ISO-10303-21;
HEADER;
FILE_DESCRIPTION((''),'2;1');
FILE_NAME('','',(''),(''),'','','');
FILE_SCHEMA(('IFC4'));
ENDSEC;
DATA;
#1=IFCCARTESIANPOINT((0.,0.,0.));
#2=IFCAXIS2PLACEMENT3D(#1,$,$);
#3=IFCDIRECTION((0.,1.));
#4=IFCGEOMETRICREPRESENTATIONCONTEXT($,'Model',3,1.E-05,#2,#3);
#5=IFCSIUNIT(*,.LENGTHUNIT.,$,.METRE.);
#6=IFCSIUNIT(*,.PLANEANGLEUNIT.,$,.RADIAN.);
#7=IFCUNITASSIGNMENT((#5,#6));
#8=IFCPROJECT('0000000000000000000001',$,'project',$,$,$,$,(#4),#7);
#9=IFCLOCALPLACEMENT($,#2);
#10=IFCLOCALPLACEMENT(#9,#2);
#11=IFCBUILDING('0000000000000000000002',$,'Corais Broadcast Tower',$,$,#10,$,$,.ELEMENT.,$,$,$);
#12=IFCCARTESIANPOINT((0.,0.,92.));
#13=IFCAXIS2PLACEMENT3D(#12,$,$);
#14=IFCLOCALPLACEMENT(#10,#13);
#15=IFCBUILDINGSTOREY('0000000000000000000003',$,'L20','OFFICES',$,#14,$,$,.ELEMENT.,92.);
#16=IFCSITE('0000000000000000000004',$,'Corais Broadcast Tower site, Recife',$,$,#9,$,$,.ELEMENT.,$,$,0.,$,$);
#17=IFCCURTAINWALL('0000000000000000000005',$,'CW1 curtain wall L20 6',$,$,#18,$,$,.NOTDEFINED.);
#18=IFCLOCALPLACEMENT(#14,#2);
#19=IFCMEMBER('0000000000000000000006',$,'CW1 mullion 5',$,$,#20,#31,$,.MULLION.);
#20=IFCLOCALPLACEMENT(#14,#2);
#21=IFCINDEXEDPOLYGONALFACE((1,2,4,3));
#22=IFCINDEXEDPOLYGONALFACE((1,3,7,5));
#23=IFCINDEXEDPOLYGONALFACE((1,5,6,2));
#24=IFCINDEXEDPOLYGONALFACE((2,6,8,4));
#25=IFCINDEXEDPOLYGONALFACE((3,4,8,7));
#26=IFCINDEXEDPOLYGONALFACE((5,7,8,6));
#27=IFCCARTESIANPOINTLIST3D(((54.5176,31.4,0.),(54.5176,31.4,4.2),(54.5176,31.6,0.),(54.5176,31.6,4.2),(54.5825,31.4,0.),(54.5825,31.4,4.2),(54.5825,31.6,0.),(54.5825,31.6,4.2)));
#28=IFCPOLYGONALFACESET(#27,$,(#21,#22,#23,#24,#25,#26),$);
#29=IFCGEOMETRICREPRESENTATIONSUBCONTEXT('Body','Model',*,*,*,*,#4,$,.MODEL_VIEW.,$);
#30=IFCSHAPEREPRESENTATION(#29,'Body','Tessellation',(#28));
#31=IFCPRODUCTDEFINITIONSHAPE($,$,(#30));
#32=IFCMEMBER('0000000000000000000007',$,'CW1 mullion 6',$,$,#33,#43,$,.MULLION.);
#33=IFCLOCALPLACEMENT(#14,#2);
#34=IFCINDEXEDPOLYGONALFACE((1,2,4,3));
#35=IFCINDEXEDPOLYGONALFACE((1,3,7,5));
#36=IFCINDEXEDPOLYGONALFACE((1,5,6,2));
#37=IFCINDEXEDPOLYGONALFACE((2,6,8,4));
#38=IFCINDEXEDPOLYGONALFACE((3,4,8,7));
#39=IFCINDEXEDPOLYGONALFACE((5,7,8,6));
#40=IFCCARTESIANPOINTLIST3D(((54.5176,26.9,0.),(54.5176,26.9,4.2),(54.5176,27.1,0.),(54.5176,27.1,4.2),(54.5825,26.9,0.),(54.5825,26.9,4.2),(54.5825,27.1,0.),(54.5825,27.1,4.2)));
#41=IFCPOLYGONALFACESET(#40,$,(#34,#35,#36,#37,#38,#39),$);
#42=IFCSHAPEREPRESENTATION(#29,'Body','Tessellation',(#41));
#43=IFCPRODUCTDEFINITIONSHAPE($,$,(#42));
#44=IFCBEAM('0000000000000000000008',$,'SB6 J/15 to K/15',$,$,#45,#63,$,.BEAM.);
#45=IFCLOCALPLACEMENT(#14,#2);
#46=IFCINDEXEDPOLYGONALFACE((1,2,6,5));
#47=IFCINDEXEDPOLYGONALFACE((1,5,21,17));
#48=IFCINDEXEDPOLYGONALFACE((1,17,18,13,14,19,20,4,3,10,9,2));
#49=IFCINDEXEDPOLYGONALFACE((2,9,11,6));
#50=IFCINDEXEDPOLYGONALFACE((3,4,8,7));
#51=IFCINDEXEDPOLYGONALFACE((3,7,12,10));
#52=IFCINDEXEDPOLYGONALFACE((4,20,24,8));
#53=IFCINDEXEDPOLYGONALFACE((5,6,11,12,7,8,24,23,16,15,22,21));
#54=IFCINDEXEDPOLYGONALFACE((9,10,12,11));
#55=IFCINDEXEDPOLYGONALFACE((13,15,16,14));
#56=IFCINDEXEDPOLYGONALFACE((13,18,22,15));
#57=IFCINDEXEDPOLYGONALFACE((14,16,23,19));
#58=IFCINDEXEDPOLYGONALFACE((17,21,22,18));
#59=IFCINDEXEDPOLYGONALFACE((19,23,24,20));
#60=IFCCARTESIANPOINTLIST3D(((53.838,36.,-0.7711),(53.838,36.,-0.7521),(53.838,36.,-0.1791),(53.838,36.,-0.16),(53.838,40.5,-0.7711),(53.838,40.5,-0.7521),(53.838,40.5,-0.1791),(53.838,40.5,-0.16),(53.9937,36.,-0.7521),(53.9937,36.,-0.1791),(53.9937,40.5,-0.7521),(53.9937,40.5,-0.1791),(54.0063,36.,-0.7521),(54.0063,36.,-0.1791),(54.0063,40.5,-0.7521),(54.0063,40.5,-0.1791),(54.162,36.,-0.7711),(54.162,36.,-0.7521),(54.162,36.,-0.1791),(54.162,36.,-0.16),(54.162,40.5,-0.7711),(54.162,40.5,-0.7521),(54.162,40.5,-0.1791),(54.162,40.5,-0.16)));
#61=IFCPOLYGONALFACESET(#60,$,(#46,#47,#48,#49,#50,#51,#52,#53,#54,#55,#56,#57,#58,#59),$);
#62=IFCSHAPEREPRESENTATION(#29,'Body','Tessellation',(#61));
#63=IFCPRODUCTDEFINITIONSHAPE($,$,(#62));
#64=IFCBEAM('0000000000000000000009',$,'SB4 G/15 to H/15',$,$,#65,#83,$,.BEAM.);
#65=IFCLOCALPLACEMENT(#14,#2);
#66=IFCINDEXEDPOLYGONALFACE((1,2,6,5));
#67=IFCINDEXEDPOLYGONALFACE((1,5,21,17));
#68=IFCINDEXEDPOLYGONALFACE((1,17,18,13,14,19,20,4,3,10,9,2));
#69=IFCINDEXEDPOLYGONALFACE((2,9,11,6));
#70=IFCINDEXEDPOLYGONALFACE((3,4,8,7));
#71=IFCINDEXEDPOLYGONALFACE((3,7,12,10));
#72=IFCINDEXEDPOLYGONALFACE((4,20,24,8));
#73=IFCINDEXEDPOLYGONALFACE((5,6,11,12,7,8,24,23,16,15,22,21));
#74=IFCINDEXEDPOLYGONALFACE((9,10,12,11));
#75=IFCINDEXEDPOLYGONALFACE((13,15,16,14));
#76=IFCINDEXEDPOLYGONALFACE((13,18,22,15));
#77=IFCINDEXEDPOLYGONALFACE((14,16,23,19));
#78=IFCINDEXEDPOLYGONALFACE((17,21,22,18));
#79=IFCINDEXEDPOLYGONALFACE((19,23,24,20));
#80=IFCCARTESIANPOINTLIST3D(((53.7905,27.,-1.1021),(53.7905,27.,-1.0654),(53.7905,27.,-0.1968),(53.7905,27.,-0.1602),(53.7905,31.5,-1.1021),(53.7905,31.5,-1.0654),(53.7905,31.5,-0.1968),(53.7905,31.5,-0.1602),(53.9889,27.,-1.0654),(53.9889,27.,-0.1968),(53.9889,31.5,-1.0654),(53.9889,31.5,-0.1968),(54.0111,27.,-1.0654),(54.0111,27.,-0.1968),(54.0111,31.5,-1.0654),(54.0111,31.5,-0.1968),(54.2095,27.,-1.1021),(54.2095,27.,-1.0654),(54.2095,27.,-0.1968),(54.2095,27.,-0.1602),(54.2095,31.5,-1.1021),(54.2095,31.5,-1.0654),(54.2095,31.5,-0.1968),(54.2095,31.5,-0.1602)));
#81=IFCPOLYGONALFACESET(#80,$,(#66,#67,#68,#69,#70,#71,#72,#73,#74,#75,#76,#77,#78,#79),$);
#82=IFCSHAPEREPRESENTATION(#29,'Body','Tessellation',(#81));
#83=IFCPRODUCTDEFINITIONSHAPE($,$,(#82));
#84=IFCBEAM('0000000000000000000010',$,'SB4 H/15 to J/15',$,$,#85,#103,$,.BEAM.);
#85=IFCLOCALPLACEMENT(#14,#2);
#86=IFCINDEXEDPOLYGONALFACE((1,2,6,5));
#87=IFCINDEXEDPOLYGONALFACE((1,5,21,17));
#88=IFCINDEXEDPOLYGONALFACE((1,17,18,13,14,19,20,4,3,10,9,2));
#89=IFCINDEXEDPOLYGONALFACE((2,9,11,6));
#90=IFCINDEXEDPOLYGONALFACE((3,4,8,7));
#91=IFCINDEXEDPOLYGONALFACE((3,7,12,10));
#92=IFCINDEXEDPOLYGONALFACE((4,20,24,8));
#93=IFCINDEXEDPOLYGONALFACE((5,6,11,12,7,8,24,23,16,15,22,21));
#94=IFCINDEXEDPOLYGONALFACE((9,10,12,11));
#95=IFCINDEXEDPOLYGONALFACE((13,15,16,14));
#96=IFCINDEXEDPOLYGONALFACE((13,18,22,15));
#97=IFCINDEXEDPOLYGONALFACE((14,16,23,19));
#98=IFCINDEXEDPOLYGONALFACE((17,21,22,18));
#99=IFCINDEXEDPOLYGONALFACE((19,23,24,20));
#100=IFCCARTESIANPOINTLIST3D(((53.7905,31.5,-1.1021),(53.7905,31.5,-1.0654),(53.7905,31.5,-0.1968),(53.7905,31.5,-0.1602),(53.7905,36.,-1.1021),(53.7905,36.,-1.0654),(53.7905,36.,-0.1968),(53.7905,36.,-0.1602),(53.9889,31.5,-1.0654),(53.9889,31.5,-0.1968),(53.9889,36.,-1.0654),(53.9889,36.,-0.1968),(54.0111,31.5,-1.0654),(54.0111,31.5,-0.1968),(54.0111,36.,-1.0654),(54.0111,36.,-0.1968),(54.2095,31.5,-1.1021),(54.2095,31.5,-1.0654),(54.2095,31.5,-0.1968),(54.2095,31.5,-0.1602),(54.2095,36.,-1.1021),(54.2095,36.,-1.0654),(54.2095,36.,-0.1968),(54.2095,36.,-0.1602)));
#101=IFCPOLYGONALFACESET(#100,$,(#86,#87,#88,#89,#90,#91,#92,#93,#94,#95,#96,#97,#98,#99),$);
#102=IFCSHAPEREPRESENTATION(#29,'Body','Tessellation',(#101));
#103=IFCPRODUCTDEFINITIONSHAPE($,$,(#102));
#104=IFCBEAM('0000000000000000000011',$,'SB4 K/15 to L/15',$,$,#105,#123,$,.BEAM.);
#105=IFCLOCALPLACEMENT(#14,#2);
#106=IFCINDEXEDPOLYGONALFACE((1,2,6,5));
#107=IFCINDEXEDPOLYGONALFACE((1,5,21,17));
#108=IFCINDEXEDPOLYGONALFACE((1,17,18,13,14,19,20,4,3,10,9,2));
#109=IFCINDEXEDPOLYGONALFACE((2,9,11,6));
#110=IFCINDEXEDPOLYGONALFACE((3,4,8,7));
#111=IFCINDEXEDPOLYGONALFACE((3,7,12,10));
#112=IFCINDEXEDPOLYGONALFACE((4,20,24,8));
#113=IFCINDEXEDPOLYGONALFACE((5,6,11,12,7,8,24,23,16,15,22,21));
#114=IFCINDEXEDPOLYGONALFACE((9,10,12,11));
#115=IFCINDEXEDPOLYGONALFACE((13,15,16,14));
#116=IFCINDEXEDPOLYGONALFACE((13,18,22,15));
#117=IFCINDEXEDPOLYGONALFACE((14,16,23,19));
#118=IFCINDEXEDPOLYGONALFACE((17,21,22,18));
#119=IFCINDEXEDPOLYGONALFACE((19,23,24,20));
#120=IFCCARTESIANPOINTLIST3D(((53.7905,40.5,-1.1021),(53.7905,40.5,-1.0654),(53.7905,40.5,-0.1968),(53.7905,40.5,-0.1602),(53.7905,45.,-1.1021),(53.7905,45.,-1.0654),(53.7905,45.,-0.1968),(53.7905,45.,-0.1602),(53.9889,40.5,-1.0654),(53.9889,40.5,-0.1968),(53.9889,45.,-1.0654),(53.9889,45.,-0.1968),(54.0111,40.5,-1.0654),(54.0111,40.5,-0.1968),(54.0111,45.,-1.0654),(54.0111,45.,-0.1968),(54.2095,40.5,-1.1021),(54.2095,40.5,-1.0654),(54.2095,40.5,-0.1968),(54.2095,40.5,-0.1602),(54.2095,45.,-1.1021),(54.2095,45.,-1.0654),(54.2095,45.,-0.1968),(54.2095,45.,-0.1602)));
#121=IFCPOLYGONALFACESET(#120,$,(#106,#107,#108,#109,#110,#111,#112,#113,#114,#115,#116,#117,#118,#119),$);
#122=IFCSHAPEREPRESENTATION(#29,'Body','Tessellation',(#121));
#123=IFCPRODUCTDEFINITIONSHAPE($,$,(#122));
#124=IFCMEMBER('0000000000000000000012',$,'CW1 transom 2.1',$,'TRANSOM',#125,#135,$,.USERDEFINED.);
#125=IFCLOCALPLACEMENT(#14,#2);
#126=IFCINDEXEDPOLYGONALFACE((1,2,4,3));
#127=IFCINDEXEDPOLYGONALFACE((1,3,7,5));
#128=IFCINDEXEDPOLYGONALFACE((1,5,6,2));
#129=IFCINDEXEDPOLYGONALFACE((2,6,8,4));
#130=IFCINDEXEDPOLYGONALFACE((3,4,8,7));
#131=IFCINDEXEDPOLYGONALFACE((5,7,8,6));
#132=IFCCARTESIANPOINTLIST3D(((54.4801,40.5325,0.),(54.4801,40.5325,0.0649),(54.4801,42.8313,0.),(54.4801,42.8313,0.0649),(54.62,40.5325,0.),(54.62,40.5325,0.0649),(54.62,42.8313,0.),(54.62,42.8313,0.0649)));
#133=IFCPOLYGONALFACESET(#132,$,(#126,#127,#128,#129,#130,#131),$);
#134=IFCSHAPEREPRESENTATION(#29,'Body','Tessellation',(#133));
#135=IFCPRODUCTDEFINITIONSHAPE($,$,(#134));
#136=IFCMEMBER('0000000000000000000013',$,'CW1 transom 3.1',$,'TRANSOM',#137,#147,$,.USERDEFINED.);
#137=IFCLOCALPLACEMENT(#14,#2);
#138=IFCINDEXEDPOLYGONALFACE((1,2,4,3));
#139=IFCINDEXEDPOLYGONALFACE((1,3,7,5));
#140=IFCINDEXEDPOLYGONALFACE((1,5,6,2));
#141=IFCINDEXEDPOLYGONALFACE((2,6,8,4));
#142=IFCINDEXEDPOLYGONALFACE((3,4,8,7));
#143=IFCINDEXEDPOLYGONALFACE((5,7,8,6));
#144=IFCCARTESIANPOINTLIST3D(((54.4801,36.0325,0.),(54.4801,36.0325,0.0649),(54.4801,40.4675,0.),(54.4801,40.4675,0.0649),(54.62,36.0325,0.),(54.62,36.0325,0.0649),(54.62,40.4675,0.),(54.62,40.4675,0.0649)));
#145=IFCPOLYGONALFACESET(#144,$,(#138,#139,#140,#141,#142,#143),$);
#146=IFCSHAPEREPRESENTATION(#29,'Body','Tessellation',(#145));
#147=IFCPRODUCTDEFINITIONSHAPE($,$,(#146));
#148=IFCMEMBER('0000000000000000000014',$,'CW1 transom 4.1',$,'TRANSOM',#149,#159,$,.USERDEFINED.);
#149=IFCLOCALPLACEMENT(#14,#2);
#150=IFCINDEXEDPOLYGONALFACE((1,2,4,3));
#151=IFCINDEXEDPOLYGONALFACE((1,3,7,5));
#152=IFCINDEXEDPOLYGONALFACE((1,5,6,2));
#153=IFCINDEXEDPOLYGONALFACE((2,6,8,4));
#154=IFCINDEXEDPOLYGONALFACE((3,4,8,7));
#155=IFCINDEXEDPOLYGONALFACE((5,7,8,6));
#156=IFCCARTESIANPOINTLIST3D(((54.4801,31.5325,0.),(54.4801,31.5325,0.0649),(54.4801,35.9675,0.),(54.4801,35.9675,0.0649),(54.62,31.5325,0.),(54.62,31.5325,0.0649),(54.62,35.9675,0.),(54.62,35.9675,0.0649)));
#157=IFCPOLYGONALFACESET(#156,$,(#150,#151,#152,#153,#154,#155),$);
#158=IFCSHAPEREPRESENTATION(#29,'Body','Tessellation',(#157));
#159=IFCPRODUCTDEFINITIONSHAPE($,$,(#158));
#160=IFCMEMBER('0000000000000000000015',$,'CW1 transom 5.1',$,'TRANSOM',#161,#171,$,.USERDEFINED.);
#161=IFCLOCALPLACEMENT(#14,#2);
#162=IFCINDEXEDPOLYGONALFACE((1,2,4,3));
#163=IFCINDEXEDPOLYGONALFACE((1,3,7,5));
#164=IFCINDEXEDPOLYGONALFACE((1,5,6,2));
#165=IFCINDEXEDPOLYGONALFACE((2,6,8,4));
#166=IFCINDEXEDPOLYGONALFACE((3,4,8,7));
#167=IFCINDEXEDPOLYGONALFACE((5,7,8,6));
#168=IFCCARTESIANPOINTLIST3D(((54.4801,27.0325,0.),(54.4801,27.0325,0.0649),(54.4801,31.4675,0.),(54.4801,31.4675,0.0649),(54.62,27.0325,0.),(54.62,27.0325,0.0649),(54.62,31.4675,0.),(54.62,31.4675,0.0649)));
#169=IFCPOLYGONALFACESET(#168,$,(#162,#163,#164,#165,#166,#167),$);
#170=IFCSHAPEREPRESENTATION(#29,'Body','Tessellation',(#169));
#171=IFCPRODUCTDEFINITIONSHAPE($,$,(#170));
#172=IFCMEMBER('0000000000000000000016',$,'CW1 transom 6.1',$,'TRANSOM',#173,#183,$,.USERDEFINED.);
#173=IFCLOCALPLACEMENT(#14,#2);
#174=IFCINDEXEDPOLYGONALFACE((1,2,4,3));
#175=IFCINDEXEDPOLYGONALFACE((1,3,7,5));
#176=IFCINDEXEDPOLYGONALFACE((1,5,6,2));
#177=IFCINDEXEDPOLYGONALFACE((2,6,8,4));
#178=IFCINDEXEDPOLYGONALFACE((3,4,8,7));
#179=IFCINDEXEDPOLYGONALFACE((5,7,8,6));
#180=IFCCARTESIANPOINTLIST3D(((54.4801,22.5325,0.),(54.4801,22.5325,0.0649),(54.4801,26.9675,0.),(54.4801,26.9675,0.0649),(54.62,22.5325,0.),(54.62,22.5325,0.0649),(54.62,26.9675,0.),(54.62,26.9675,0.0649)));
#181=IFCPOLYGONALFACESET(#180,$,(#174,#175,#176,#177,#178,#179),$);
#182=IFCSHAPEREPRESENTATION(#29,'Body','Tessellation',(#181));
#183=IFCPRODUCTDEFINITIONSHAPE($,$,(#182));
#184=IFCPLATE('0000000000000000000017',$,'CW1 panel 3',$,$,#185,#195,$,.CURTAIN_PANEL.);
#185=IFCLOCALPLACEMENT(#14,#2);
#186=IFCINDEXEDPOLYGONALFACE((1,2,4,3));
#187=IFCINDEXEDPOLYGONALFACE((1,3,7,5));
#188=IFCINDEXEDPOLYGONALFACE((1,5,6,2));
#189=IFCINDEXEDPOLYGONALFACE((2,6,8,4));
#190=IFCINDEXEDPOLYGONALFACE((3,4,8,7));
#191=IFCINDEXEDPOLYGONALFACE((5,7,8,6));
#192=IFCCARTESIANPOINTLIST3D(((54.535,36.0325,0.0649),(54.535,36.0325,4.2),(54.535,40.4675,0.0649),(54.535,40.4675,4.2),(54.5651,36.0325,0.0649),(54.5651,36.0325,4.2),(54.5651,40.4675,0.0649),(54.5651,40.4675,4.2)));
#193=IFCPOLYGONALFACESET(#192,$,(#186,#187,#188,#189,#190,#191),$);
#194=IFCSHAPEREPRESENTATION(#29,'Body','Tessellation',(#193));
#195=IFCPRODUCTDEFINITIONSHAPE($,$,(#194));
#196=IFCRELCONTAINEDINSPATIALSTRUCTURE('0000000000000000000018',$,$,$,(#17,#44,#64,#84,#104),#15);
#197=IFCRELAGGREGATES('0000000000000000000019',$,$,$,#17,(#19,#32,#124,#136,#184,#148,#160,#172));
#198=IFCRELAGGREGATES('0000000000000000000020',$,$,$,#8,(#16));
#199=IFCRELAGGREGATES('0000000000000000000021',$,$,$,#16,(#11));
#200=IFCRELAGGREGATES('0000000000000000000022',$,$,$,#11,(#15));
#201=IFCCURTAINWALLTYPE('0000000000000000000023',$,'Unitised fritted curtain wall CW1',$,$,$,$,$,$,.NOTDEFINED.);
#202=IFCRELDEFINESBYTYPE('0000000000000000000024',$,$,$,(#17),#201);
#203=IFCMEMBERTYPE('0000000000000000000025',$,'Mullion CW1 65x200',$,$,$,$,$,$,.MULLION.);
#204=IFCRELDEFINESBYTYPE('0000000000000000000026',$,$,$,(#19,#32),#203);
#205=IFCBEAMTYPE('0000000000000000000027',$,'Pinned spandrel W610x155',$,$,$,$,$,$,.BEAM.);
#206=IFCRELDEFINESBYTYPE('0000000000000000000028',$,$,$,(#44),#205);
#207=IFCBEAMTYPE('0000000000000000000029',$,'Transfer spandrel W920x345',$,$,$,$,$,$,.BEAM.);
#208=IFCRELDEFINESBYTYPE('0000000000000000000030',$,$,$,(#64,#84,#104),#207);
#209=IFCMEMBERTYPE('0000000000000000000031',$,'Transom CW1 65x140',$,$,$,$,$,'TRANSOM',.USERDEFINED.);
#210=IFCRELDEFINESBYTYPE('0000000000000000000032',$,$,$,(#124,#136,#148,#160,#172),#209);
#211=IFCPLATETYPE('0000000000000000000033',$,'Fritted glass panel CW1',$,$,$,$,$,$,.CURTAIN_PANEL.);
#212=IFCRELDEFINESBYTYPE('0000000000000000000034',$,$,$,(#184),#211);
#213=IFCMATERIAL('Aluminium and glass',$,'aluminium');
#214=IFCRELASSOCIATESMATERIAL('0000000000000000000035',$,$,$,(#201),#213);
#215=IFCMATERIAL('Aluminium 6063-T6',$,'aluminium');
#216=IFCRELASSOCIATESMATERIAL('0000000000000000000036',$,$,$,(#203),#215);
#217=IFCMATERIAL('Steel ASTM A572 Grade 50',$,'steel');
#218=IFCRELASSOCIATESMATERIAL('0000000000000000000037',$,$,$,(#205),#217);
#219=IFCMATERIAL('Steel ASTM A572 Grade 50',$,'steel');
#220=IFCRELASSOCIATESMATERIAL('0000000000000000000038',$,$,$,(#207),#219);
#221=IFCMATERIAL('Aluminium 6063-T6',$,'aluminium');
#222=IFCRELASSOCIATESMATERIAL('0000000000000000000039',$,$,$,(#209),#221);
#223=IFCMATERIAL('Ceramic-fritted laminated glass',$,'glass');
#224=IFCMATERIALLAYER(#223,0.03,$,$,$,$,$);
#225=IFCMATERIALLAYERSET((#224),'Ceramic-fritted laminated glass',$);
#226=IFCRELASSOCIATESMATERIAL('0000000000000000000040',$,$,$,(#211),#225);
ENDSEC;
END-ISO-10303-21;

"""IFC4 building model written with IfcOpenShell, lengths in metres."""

from ifc_helpers import new_model, si_unit, direction, frame, origin, origin_2d, place, context, subcontext, project, spatial, rectangle, i_section, extrude, material, layer, layer_set, material_profile, profile_set, type_object, element, aggregate, save


model = new_model("IFC4")

# Units and contexts
model_context = context("Model", 3, precision=1e-05, world=origin(), true_north=direction((0.0, 1.0)))
body_context = subcontext(model_context, "Body", "Model", "MODEL_VIEW")
ifc_project = project(units=[si_unit("LENGTHUNIT", "METRE"), si_unit("PLANEANGLEUNIT", "RADIAN")], contexts=[model_context])

# Site, building, storey
site_placement = place(None, origin())
site = spatial("IfcSite", under=ifc_project, at=site_placement, Name="Corais Broadcast Tower site, Recife", CompositionType="ELEMENT", RefElevation=0.0)
building_placement = place(site_placement, origin())
building = spatial("IfcBuilding", under=site, at=building_placement, Name="Corais Broadcast Tower", CompositionType="ELEMENT")
storey_placement = place(building_placement, frame((0.0, 0.0, 92.0)))
storey = spatial("IfcBuildingStorey", under=building, at=storey_placement, Name="L20", Description="OFFICES", CompositionType="ELEMENT", Elevation=92.0)

# Curtain wall, members
ifc_material_1 = material(Name="Aluminium and glass", Category="aluminium")
curtain_wall_type = type_object("IfcCurtainWallType", Name="Unitised fritted curtain wall CW1", PredefinedType="NOTDEFINED", material=ifc_material_1)
curtain_wall_placement = place(storey_placement, origin())
curtain_wall = element("IfcCurtainWall", 1, at=curtain_wall_placement, inside=storey, type_object=curtain_wall_type, Name="CW1 curtain wall L20 6", PredefinedType="NOTDEFINED")
ifc_material_2 = material(Name="Aluminium 6063-T6", Category="aluminium")
ifc_material_profile_1 = material_profile(ifc_material_2, rectangle(XDim=0.0649, YDim=0.2, at=origin_2d()), Name="Mullion CW1 65x200")
ifc_profile_set_1 = profile_set([ifc_material_profile_1], Name="Aluminium 6063-T6")
member_type_1 = type_object("IfcMemberType", Name="Mullion CW1 65x200", PredefinedType="MULLION", material=ifc_profile_set_1)
member_1_placement = place(storey_placement, frame((54.55, 31.5, 0.0), z_axis=(0.0, 0.0, 1.0), x_axis=(1.0, 0.0, 0.0)))
member_1 = element("IfcMember", 2, at=member_1_placement, type_object=member_type_1, Name="CW1 mullion 5", PredefinedType="MULLION", context=body_context, shape_type="SweptSolid", body=[
    extrude(rectangle(XDim=0.0649, YDim=0.2, at=origin_2d()), origin(), (0.0, 0.0, 1.0), 4.2),
])
member_2_placement = place(storey_placement, frame((54.55, 27.0, 0.0), z_axis=(0.0, 0.0, 1.0), x_axis=(1.0, 0.0, 0.0)))
member_2 = element("IfcMember", 3, at=member_2_placement, type_object=member_type_1, Name="CW1 mullion 6", PredefinedType="MULLION", context=body_context, shape_type="SweptSolid", body=[
    extrude(rectangle(XDim=0.0649, YDim=0.2, at=origin_2d()), origin(), (0.0, 0.0, 1.0), 4.2),
])

# Beams
ifc_material_3 = material(Name="Steel ASTM A572 Grade 50", Category="steel")
ifc_material_profile_2 = material_profile(ifc_material_3, i_section(OverallWidth=0.324, OverallDepth=0.6111, WebThickness=0.0127, FlangeThickness=0.019, at=origin_2d()), Name="W610x155")
ifc_profile_set_2 = profile_set([ifc_material_profile_2], Name="Steel ASTM A572 Grade 50")
beam_type_1 = type_object("IfcBeamType", Name="Pinned spandrel W610x155", PredefinedType="BEAM", material=ifc_profile_set_2)
beam_placement = place(storey_placement, frame((54.0, 36.0, -0.4656), z_axis=(0.0, 1.0, 0.0), x_axis=(-1.0, 0.0, 0.0)))
element("IfcBeam", 4, at=beam_placement, inside=storey, type_object=beam_type_1, Name="SB6 J/15 to K/15", PredefinedType="BEAM", context=body_context, shape_type="SweptSolid", body=[
    extrude(i_section(OverallWidth=0.324, OverallDepth=0.6111, WebThickness=0.0127, FlangeThickness=0.019, at=origin_2d()), origin(), (0.0, 0.0, 1.0), 4.5),
])
ifc_material_4 = material(Name="Steel ASTM A572 Grade 50", Category="steel")
ifc_material_profile_3 = material_profile(ifc_material_4, i_section(OverallWidth=0.4189, OverallDepth=0.9419, WebThickness=0.0222, FlangeThickness=0.0366, at=origin_2d()), Name="W920x345")
ifc_profile_set_3 = profile_set([ifc_material_profile_3], Name="Steel ASTM A572 Grade 50")
beam_type_2 = type_object("IfcBeamType", Name="Transfer spandrel W920x345", PredefinedType="BEAM", material=ifc_profile_set_3)
for number, where, z_axis, x_axis, name in (
    (5, (54.0, 27.0, -0.6311), (0.0, 1.0, 0.0), (-1.0, 0.0, 0.0), "SB4 G/15 to H/15"),
    (6, (54.0, 31.5, -0.6311), (0.0, 1.0, 0.0), (-1.0, 0.0, 0.0), "SB4 H/15 to J/15"),
    (7, (54.0, 40.5, -0.6311), (0.0, 1.0, 0.0), (-1.0, 0.0, 0.0), "SB4 K/15 to L/15"),
):
    element("IfcBeam", number, at=place(storey_placement, frame(where, z_axis=z_axis, x_axis=x_axis)), inside=storey, type_object=beam_type_2, Name=name, PredefinedType="BEAM", context=body_context, shape_type="SweptSolid", body=[
        extrude(i_section(OverallWidth=0.4189, OverallDepth=0.9419, WebThickness=0.0222, FlangeThickness=0.0366, at=origin_2d()), origin(), (0.0, 0.0, 1.0), 4.5),
    ])

# Members
ifc_material_5 = material(Name="Aluminium 6063-T6", Category="aluminium")
ifc_material_profile_4 = material_profile(ifc_material_5, rectangle(XDim=0.1399, YDim=0.0649, at=origin_2d()), Name="Transom CW1 65x140")
ifc_profile_set_4 = profile_set([ifc_material_profile_4], Name="Aluminium 6063-T6")
member_type_2 = type_object("IfcMemberType", Name="Transom CW1 65x140", ElementType="TRANSOM", PredefinedType="USERDEFINED", material=ifc_profile_set_4)
member_3_placement = place(storey_placement, frame((54.55, 42.8313, 0.0325), z_axis=(0.0, -1.0, 0.0), x_axis=(1.0, 0.0, 0.0)))
member_3 = element("IfcMember", 8, at=member_3_placement, type_object=member_type_2, Name="CW1 transom 2.1", ObjectType="TRANSOM", PredefinedType="USERDEFINED", context=body_context, shape_type="SweptSolid", body=[
    extrude(rectangle(XDim=0.1399, YDim=0.0649, at=origin_2d()), origin(), (0.0, 0.0, 1.0), 2.2988),
])
member_4_placement = place(storey_placement, frame((54.55, 40.4675, 0.0325), z_axis=(0.0, -1.0, 0.0), x_axis=(1.0, 0.0, 0.0)))
member_4 = element("IfcMember", 9, at=member_4_placement, type_object=member_type_2, Name="CW1 transom 3.1", ObjectType="TRANSOM", PredefinedType="USERDEFINED", context=body_context, shape_type="SweptSolid", body=[
    extrude(rectangle(XDim=0.1399, YDim=0.0649, at=origin_2d()), origin(), (0.0, 0.0, 1.0), 4.4351),
])
member_5_placement = place(storey_placement, frame((54.55, 35.9675, 0.0325), z_axis=(0.0, -1.0, 0.0), x_axis=(1.0, 0.0, 0.0)))
member_5 = element("IfcMember", 10, at=member_5_placement, type_object=member_type_2, Name="CW1 transom 4.1", ObjectType="TRANSOM", PredefinedType="USERDEFINED", context=body_context, shape_type="SweptSolid", body=[
    extrude(rectangle(XDim=0.1399, YDim=0.0649, at=origin_2d()), origin(), (0.0, 0.0, 1.0), 4.4351),
])
member_6_placement = place(storey_placement, frame((54.55, 31.4675, 0.0325), z_axis=(0.0, -1.0, 0.0), x_axis=(1.0, 0.0, 0.0)))
member_6 = element("IfcMember", 11, at=member_6_placement, type_object=member_type_2, Name="CW1 transom 5.1", ObjectType="TRANSOM", PredefinedType="USERDEFINED", context=body_context, shape_type="SweptSolid", body=[
    extrude(rectangle(XDim=0.1399, YDim=0.0649, at=origin_2d()), origin(), (0.0, 0.0, 1.0), 4.4351),
])
member_7_placement = place(storey_placement, frame((54.55, 26.9675, 0.0325), z_axis=(0.0, -1.0, 0.0), x_axis=(1.0, 0.0, 0.0)))
member_7 = element("IfcMember", 12, at=member_7_placement, type_object=member_type_2, Name="CW1 transom 6.1", ObjectType="TRANSOM", PredefinedType="USERDEFINED", context=body_context, shape_type="SweptSolid", body=[
    extrude(rectangle(XDim=0.1399, YDim=0.0649, at=origin_2d()), origin(), (0.0, 0.0, 1.0), 4.4351),
])

# Plate
ifc_material_6 = material(Name="Ceramic-fritted laminated glass", Category="glass")
ifc_layer_1 = layer(ifc_material_6, 0.03)
ifc_layer_set_1 = layer_set([ifc_layer_1], Name="Ceramic-fritted laminated glass")
plate_type_1 = type_object("IfcPlateType", Name="Fritted glass panel CW1", PredefinedType="CURTAIN_PANEL", material=ifc_layer_set_1)
plate_1_placement = place(storey_placement, frame((54.55, 38.25, 0.0649), z_axis=(0.0, 0.0, 1.0), x_axis=(0.0, -1.0, 0.0)))
plate_1 = element("IfcPlate", 13, at=plate_1_placement, type_object=plate_type_1, Name="CW1 panel 3", PredefinedType="CURTAIN_PANEL", context=body_context, shape_type="SweptSolid", body=[
    extrude(rectangle(XDim=4.4351, YDim=0.03, at=origin_2d()), origin(), (0.0, 0.0, 1.0), 4.135),
])
aggregate(curtain_wall, [member_1, member_2, member_3, member_4, plate_1, member_5, member_6, member_7])

save(model, "model.ifc")
